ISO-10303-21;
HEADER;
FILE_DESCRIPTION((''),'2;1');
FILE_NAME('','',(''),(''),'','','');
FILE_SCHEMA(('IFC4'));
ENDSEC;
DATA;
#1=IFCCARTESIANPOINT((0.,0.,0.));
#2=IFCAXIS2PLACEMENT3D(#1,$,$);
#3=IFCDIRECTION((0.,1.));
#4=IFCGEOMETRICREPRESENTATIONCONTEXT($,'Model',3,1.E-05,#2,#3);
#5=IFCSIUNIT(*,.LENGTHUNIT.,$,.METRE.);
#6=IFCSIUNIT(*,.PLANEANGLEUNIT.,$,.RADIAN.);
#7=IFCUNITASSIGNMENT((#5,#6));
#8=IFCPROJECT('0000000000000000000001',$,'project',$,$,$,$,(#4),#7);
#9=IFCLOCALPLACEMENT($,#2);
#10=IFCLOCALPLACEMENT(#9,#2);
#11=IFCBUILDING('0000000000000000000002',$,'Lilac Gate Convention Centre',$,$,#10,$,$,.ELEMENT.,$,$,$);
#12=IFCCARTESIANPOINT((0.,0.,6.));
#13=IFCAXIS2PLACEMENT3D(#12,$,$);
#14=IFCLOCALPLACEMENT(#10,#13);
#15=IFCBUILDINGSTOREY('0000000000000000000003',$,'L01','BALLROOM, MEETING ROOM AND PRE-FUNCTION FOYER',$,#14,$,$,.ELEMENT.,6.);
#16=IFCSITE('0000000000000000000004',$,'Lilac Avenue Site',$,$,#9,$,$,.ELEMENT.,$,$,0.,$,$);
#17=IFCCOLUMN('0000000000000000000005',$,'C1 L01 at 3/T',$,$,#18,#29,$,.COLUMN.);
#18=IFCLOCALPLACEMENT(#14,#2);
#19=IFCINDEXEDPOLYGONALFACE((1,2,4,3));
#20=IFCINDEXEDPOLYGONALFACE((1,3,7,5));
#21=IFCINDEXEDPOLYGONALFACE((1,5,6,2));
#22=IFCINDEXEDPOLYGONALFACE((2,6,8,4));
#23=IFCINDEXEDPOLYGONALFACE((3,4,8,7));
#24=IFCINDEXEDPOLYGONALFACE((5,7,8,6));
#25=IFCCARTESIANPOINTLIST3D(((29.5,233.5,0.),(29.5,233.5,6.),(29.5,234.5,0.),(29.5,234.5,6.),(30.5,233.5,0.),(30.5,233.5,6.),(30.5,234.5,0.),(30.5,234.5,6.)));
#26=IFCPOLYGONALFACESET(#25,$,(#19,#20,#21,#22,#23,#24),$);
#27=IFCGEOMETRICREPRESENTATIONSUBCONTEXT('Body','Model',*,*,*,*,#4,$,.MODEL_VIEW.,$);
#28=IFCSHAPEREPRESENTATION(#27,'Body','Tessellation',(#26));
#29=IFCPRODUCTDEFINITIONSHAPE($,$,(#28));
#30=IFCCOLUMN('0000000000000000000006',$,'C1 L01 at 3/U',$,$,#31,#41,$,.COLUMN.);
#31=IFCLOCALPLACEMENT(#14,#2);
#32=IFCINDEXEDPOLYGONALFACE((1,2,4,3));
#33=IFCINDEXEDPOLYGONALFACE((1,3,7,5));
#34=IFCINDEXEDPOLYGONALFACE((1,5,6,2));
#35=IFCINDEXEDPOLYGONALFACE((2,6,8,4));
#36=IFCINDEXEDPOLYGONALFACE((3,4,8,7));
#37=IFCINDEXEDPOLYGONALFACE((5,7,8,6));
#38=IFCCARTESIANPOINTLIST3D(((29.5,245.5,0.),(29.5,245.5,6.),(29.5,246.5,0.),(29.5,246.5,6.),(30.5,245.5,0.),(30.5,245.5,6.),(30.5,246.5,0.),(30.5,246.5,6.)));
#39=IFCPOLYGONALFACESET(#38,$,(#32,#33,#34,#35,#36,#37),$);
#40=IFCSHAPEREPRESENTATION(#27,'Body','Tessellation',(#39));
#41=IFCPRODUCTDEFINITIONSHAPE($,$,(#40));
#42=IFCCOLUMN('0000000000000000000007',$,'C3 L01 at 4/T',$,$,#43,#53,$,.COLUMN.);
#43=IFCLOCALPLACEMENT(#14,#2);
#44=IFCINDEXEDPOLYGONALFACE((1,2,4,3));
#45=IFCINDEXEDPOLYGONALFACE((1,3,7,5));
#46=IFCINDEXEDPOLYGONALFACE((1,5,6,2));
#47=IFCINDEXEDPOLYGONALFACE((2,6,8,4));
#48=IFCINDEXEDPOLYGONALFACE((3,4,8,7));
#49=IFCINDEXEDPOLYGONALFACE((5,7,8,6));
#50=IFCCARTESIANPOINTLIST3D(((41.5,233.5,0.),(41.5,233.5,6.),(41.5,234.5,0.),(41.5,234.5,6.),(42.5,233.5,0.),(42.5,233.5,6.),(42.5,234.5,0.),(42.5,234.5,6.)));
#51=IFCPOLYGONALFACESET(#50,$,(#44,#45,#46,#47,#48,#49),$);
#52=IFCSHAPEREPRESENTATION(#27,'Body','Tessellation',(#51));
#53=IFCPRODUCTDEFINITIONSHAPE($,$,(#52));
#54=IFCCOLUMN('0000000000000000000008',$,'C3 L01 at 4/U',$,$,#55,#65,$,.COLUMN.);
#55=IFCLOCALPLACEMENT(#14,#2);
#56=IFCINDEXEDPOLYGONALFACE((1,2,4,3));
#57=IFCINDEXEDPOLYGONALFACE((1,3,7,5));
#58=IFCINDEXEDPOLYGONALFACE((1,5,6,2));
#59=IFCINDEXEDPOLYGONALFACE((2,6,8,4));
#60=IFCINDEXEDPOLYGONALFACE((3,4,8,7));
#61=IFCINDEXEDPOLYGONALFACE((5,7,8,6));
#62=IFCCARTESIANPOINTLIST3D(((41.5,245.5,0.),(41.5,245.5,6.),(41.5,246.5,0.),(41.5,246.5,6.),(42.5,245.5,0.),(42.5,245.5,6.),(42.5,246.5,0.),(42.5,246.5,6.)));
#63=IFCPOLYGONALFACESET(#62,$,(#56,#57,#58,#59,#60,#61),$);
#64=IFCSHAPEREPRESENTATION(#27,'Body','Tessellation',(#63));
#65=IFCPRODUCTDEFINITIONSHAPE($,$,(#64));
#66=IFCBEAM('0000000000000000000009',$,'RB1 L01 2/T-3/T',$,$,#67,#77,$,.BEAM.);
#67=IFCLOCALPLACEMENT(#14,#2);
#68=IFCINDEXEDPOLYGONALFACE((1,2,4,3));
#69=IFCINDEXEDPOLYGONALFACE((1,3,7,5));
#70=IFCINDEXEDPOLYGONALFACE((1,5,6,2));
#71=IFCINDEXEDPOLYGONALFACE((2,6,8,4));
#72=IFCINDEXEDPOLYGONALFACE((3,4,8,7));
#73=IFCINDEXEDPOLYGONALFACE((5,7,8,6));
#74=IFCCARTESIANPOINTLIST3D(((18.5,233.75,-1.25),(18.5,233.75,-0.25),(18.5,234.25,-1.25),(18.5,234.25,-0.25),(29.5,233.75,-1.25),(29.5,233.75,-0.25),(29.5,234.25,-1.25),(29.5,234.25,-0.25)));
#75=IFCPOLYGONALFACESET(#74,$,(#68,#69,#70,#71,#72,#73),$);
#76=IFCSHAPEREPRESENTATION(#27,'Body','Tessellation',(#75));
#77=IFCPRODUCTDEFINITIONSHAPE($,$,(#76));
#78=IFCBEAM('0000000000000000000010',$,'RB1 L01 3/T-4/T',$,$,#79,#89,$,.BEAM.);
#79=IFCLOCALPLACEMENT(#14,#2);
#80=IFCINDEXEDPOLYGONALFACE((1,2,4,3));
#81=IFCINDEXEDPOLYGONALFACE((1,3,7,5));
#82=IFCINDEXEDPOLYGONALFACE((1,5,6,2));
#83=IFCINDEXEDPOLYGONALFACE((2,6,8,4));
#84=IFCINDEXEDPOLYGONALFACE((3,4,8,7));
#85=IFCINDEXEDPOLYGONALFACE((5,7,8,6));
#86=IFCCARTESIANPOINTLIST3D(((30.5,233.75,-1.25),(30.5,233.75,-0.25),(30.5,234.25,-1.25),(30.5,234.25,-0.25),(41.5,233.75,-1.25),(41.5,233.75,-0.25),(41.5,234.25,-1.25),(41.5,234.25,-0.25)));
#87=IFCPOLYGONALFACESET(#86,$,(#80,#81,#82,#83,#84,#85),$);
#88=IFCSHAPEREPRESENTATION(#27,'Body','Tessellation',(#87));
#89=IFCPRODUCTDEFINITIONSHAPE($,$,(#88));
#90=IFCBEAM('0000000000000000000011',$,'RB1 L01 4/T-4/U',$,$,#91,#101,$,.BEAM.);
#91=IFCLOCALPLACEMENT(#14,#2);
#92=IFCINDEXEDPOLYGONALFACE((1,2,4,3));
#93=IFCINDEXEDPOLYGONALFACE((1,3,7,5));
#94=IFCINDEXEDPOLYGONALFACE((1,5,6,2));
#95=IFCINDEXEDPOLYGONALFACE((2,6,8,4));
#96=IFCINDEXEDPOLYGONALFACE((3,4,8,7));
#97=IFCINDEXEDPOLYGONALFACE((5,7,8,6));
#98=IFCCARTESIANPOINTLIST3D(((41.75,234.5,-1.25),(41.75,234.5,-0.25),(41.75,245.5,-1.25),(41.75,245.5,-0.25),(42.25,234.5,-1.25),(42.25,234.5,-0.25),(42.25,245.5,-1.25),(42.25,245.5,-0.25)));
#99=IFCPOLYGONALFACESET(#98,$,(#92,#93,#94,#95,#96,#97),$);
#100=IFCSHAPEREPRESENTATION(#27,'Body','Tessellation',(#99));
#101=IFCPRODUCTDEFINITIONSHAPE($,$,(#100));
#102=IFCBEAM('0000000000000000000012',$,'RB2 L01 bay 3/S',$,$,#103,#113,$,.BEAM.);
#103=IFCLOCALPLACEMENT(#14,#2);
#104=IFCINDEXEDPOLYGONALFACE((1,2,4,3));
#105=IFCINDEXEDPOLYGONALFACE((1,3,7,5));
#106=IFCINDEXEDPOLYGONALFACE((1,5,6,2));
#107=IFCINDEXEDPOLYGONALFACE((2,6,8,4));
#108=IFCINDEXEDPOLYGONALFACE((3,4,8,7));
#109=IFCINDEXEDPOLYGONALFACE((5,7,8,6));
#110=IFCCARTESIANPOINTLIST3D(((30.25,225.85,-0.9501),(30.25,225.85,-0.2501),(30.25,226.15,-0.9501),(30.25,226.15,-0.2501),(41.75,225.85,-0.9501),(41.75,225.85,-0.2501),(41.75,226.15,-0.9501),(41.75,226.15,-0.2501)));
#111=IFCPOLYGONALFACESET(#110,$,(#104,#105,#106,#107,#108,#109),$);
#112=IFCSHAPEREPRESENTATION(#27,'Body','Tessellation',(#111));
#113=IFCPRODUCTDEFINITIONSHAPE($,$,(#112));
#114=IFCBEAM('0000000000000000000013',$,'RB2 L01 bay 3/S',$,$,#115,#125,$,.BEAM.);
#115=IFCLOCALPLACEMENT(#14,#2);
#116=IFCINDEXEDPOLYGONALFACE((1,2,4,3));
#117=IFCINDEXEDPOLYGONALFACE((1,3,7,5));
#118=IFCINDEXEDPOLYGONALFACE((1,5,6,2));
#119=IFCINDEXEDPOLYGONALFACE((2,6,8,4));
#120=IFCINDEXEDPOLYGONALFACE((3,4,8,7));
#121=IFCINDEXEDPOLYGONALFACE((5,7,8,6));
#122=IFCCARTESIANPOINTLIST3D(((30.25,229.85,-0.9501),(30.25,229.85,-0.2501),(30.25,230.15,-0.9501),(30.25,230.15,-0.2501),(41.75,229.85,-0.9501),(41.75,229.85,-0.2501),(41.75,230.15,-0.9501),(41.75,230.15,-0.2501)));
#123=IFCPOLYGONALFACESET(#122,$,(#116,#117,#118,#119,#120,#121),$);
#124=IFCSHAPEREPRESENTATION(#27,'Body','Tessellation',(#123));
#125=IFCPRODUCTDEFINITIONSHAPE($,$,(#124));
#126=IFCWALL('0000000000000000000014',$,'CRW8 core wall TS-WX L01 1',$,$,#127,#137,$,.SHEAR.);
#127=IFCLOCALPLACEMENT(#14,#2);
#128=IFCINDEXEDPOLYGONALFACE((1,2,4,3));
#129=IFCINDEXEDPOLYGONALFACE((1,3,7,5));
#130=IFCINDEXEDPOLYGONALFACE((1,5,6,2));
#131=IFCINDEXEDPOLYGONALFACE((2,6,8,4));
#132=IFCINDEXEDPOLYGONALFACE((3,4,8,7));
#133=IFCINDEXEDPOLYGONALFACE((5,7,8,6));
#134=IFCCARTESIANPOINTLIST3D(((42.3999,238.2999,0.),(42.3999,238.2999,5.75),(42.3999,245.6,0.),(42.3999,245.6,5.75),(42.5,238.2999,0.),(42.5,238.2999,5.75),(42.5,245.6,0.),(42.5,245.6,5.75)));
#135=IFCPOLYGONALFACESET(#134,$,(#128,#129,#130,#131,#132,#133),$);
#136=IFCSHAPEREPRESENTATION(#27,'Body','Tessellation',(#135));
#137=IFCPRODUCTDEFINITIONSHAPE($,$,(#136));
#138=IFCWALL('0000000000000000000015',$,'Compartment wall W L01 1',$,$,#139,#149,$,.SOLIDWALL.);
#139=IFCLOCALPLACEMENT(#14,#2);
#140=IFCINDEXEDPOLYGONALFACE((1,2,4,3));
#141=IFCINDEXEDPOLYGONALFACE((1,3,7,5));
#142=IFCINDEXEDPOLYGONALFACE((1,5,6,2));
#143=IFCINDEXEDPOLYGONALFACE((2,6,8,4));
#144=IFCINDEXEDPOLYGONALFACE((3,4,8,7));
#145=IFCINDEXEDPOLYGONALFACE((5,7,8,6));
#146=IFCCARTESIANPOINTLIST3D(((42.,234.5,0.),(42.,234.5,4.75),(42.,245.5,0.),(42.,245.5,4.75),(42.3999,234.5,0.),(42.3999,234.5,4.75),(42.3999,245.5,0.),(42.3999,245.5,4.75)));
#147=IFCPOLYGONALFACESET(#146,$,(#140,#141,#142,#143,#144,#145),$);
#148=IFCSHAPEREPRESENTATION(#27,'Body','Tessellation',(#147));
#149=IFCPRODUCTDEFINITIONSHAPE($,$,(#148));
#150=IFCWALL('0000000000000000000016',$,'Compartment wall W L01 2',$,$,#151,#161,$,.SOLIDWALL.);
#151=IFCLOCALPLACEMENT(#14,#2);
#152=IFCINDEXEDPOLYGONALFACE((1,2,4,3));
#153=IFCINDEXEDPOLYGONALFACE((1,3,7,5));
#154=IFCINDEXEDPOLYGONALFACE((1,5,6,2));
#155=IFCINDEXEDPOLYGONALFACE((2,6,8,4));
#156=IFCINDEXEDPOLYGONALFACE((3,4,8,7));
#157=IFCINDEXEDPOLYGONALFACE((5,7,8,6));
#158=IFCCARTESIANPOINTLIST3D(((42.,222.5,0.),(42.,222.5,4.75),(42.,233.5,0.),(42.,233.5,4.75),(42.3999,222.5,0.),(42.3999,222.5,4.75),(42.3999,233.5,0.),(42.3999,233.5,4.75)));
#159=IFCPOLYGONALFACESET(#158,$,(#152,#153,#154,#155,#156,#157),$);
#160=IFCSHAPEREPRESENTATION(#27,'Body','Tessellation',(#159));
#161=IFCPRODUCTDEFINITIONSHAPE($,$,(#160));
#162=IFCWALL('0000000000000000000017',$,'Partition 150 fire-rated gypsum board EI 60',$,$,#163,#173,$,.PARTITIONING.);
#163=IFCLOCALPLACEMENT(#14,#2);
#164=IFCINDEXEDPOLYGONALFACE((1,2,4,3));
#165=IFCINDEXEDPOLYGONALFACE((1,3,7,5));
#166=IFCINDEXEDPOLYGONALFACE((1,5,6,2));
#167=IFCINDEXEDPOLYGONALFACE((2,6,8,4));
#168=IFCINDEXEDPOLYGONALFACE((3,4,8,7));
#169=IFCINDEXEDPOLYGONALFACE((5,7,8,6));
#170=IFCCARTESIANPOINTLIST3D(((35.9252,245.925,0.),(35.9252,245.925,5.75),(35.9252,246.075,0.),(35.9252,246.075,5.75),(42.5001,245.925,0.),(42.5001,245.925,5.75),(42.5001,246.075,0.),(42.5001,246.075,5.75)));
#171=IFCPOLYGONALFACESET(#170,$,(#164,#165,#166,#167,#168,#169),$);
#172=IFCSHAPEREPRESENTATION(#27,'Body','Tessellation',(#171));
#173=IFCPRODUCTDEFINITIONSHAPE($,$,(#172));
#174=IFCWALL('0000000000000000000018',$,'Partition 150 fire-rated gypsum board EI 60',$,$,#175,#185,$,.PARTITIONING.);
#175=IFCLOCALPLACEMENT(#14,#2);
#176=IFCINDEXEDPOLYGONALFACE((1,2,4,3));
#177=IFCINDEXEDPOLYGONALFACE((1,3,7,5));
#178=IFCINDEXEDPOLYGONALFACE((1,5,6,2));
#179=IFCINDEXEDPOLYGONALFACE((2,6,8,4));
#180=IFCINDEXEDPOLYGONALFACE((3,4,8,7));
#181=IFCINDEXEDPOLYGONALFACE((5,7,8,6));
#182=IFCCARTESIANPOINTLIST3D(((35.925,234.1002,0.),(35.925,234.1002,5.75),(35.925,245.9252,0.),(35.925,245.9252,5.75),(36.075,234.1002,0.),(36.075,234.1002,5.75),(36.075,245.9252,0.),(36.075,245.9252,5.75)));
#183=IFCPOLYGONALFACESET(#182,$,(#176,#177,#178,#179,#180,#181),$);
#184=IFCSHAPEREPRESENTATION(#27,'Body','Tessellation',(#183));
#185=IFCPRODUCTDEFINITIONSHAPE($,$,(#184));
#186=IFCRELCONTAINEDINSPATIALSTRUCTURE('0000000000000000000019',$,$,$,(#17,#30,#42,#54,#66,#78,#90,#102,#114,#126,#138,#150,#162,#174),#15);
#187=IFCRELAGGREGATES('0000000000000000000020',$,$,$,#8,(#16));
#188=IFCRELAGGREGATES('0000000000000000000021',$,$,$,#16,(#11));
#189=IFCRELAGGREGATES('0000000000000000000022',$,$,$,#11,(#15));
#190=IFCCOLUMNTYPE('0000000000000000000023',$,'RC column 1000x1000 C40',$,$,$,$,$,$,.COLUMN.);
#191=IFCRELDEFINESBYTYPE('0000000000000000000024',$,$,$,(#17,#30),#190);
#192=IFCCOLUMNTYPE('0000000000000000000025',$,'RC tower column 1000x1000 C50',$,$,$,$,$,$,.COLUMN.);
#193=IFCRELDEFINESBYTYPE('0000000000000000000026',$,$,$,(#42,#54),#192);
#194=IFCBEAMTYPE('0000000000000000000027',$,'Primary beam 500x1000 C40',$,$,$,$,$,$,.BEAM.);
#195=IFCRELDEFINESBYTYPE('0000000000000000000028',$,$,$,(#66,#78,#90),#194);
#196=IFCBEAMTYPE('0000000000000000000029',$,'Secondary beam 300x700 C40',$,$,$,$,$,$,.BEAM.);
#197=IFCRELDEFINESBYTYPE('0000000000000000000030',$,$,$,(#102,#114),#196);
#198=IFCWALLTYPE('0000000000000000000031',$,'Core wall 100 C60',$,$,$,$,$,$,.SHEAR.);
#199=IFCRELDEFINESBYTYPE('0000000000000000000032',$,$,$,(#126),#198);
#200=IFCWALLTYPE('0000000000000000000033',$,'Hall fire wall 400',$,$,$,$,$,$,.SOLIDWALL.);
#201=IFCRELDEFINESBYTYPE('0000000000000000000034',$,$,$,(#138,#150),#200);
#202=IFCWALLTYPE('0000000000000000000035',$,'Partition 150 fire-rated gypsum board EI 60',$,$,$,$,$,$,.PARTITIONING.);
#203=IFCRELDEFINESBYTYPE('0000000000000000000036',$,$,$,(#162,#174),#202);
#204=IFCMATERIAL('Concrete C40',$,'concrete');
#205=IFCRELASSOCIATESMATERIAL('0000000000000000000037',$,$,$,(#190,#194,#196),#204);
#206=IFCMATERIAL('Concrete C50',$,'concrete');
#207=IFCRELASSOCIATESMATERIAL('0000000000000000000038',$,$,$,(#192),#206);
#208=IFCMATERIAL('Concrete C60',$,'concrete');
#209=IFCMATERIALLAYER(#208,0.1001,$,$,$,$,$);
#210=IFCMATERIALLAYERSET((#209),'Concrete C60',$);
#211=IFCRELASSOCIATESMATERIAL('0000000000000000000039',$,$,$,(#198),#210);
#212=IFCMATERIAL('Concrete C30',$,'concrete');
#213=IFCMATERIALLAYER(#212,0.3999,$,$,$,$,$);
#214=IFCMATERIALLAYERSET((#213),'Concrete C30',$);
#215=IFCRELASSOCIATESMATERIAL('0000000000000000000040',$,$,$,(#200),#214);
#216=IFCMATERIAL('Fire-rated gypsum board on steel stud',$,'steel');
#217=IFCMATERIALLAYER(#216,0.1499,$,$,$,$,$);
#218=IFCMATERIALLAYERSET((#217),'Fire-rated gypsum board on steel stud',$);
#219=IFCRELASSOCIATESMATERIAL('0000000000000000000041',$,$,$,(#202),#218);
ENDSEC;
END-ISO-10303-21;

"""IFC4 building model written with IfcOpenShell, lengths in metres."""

from ifc_helpers import new_model, si_unit, direction, frame, frame_2d, origin, origin_2d, place, context, subcontext, project, spatial, rectangle, extrude, material, layer, layer_set, material_profile, profile_set, type_object, element, save


model = new_model("IFC4")

# Units and contexts
model_context = context("Model", 3, precision=1e-05, world=origin(), true_north=direction((0.0, 1.0)))
body_context = subcontext(model_context, "Body", "Model", "MODEL_VIEW")
ifc_project = project(units=[si_unit("LENGTHUNIT", "METRE"), si_unit("PLANEANGLEUNIT", "RADIAN")], contexts=[model_context])

# Site, building, storey
site_placement = place(None, origin())
site = spatial("IfcSite", under=ifc_project, at=site_placement, Name="Lilac Avenue Site", CompositionType="ELEMENT", RefElevation=0.0)
building_placement = place(site_placement, origin())
building = spatial("IfcBuilding", under=site, at=building_placement, Name="Lilac Gate Convention Centre", CompositionType="ELEMENT")
storey_placement = place(building_placement, frame((0.0, 0.0, 6.0)))
storey = spatial("IfcBuildingStorey", under=building, at=storey_placement, Name="L01", Description="BALLROOM, MEETING ROOM AND PRE-FUNCTION FOYER", CompositionType="ELEMENT", Elevation=6.0)

# Columns
ifc_material_1 = material(Name="Concrete C40", Category="concrete")
ifc_material_profile_1 = material_profile(ifc_material_1, rectangle(XDim=1.0, YDim=1.0, at=origin_2d()), Name="RC 1000x1000")
ifc_profile_set_1 = profile_set([ifc_material_profile_1], Name="Concrete C40")
column_type_1 = type_object("IfcColumnType", Name="RC column 1000x1000 C40", PredefinedType="COLUMN", material=ifc_profile_set_1)
for number, where, z_axis, x_axis, name in (
    (1, (30.0, 234.0, 0.0), (0.0, 0.0, 1.0), (1.0, 0.0, 0.0), "C1 L01 at 3/T"),
    (2, (30.0, 246.0, 0.0), (0.0, 0.0, 1.0), (1.0, 0.0, 0.0), "C1 L01 at 3/U"),
):
    element("IfcColumn", number, at=place(storey_placement, frame(where, z_axis=z_axis, x_axis=x_axis)), inside=storey, type_object=column_type_1, Name=name, PredefinedType="COLUMN", context=body_context, shape_type="SweptSolid", body=[
        extrude(rectangle(XDim=1.0, YDim=1.0, at=origin_2d()), origin(), (0.0, 0.0, 1.0), 6.0),
    ])
ifc_material_2 = material(Name="Concrete C50", Category="concrete")
ifc_material_profile_2 = material_profile(ifc_material_2, rectangle(XDim=1.0, YDim=1.0, at=origin_2d()), Name="RC 1000x1000")
ifc_profile_set_2 = profile_set([ifc_material_profile_2], Name="Concrete C50")
column_type_2 = type_object("IfcColumnType", Name="RC tower column 1000x1000 C50", PredefinedType="COLUMN", material=ifc_profile_set_2)
for number, where, z_axis, x_axis, name in (
    (3, (42.0, 234.0, 0.0), (0.0, 0.0, 1.0), (1.0, 0.0, 0.0), "C3 L01 at 4/T"),
    (4, (42.0, 246.0, 0.0), (0.0, 0.0, 1.0), (1.0, 0.0, 0.0), "C3 L01 at 4/U"),
):
    element("IfcColumn", number, at=place(storey_placement, frame(where, z_axis=z_axis, x_axis=x_axis)), inside=storey, type_object=column_type_2, Name=name, PredefinedType="COLUMN", context=body_context, shape_type="SweptSolid", body=[
        extrude(rectangle(XDim=1.0, YDim=1.0, at=origin_2d()), origin(), (0.0, 0.0, 1.0), 6.0),
    ])

# Beams
ifc_material_profile_3 = material_profile(ifc_material_1, rectangle(XDim=0.5, YDim=1.0, at=origin_2d()), Name="RC 500x1000")
ifc_profile_set_3 = profile_set([ifc_material_profile_3], Name="Concrete C40")
beam_type_1 = type_object("IfcBeamType", Name="Primary beam 500x1000 C40", PredefinedType="BEAM", material=ifc_profile_set_3)
for number, where, z_axis, x_axis, name in (
    (5, (18.5, 234.0, -0.75), (1.0, 0.0, 0.0), (0.0, 1.0, 0.0), "RB1 L01 2/T-3/T"),
    (6, (30.5, 234.0, -0.75), (1.0, 0.0, 0.0), (0.0, 1.0, 0.0), "RB1 L01 3/T-4/T"),
    (7, (42.0, 234.5, -0.75), (0.0, 1.0, 0.0), (-1.0, 0.0, 0.0), "RB1 L01 4/T-4/U"),
):
    element("IfcBeam", number, at=place(storey_placement, frame(where, z_axis=z_axis, x_axis=x_axis)), inside=storey, type_object=beam_type_1, Name=name, PredefinedType="BEAM", context=body_context, shape_type="SweptSolid", body=[
        extrude(rectangle(XDim=0.5, YDim=1.0, at=origin_2d()), origin(), (0.0, 0.0, 1.0), 11.0),
    ])
ifc_material_profile_4 = material_profile(ifc_material_1, rectangle(XDim=0.3, YDim=0.7, at=origin_2d()), Name="RC 300x700")
ifc_profile_set_4 = profile_set([ifc_material_profile_4], Name="Concrete C40")
beam_type_2 = type_object("IfcBeamType", Name="Secondary beam 300x700 C40", PredefinedType="BEAM", material=ifc_profile_set_4)
for number, where, z_axis, x_axis, name in (
    (8, (30.25, 226.0, -0.6001), (1.0, 0.0, 0.0), (0.0, 1.0, 0.0), "RB2 L01 bay 3/S"),
    (9, (30.25, 230.0, -0.6001), (1.0, 0.0, 0.0), (0.0, 1.0, 0.0), "RB2 L01 bay 3/S"),
):
    element("IfcBeam", number, at=place(storey_placement, frame(where, z_axis=z_axis, x_axis=x_axis)), inside=storey, type_object=beam_type_2, Name=name, PredefinedType="BEAM", context=body_context, shape_type="SweptSolid", body=[
        extrude(rectangle(XDim=0.3, YDim=0.7, at=origin_2d()), origin(), (0.0, 0.0, 1.0), 11.5),
    ])

# Walls
ifc_material_3 = material(Name="Concrete C60", Category="concrete")
ifc_layer_1 = layer(ifc_material_3, 0.1001)
ifc_layer_set_1 = layer_set([ifc_layer_1], Name="Concrete C60")
wall_type_1 = type_object("IfcWallType", Name="Core wall 100 C60", PredefinedType="SHEAR", material=ifc_layer_set_1)
wall_1_placement = place(storey_placement, frame((42.45, 238.3, 0.0), z_axis=(0.0, 0.0, 1.0), x_axis=(0.0, 1.0, 0.0)))
element("IfcWall", 10, at=wall_1_placement, inside=storey, type_object=wall_type_1, Name="CRW8 core wall TS-WX L01 1", PredefinedType="SHEAR", context=body_context, shape_type="SweptSolid", body=[
    extrude(rectangle(XDim=7.3, YDim=0.1001, at=frame_2d((3.6499, 0.0))), origin(), (0.0, 0.0, 1.0), 5.75),
])
ifc_material_4 = material(Name="Concrete C30", Category="concrete")
ifc_layer_2 = layer(ifc_material_4, 0.3999)
ifc_layer_set_2 = layer_set([ifc_layer_2], Name="Concrete C30")
wall_type_2 = type_object("IfcWallType", Name="Hall fire wall 400", PredefinedType="SOLIDWALL", material=ifc_layer_set_2)
for number, where, z_axis, x_axis, name in (
    (11, (42.2, 245.5, 0.0), (0.0, 0.0, 1.0), (0.0, -1.0, 0.0), "Compartment wall W L01 1"),
    (12, (42.2, 233.5, 0.0), (0.0, 0.0, 1.0), (0.0, -1.0, 0.0), "Compartment wall W L01 2"),
):
    element("IfcWall", number, at=place(storey_placement, frame(where, z_axis=z_axis, x_axis=x_axis)), inside=storey, type_object=wall_type_2, Name=name, PredefinedType="SOLIDWALL", context=body_context, shape_type="SweptSolid", body=[
        extrude(rectangle(XDim=11.0, YDim=0.3999, at=frame_2d((5.5, 0.0))), origin(), (0.0, 0.0, 1.0), 4.75),
    ])
ifc_material_5 = material(Name="Fire-rated gypsum board on steel stud", Category="steel")
ifc_layer_3 = layer(ifc_material_5, 0.1499)
ifc_layer_set_3 = layer_set([ifc_layer_3], Name="Fire-rated gypsum board on steel stud")
wall_type_3 = type_object("IfcWallType", Name="Partition 150 fire-rated gypsum board EI 60", PredefinedType="PARTITIONING", material=ifc_layer_set_3)
wall_2_placement = place(storey_placement, frame((35.925, 246.0, 0.0), z_axis=(0.0, 0.0, 1.0), x_axis=(1.0, 0.0, 0.0)))
element("IfcWall", 13, at=wall_2_placement, inside=storey, type_object=wall_type_3, Name="Partition 150 fire-rated gypsum board EI 60", PredefinedType="PARTITIONING", context=body_context, shape_type="SweptSolid", body=[
    extrude(rectangle(XDim=6.575, YDim=0.1499, at=frame_2d((3.2876, 0.0))), origin(), (0.0, 0.0, 1.0), 5.75),
])
wall_3_placement = place(storey_placement, frame((36.0, 234.1001, 0.0), z_axis=(0.0, 0.0, 1.0), x_axis=(0.0, 1.0, 0.0)))
element("IfcWall", 14, at=wall_3_placement, inside=storey, type_object=wall_type_3, Name="Partition 150 fire-rated gypsum board EI 60", PredefinedType="PARTITIONING", context=body_context, shape_type="SweptSolid", body=[
    extrude(rectangle(XDim=11.825, YDim=0.1499, at=frame_2d((5.9126, 0.0))), origin(), (0.0, 0.0, 1.0), 5.75),
])

save(model, "model.ifc")
